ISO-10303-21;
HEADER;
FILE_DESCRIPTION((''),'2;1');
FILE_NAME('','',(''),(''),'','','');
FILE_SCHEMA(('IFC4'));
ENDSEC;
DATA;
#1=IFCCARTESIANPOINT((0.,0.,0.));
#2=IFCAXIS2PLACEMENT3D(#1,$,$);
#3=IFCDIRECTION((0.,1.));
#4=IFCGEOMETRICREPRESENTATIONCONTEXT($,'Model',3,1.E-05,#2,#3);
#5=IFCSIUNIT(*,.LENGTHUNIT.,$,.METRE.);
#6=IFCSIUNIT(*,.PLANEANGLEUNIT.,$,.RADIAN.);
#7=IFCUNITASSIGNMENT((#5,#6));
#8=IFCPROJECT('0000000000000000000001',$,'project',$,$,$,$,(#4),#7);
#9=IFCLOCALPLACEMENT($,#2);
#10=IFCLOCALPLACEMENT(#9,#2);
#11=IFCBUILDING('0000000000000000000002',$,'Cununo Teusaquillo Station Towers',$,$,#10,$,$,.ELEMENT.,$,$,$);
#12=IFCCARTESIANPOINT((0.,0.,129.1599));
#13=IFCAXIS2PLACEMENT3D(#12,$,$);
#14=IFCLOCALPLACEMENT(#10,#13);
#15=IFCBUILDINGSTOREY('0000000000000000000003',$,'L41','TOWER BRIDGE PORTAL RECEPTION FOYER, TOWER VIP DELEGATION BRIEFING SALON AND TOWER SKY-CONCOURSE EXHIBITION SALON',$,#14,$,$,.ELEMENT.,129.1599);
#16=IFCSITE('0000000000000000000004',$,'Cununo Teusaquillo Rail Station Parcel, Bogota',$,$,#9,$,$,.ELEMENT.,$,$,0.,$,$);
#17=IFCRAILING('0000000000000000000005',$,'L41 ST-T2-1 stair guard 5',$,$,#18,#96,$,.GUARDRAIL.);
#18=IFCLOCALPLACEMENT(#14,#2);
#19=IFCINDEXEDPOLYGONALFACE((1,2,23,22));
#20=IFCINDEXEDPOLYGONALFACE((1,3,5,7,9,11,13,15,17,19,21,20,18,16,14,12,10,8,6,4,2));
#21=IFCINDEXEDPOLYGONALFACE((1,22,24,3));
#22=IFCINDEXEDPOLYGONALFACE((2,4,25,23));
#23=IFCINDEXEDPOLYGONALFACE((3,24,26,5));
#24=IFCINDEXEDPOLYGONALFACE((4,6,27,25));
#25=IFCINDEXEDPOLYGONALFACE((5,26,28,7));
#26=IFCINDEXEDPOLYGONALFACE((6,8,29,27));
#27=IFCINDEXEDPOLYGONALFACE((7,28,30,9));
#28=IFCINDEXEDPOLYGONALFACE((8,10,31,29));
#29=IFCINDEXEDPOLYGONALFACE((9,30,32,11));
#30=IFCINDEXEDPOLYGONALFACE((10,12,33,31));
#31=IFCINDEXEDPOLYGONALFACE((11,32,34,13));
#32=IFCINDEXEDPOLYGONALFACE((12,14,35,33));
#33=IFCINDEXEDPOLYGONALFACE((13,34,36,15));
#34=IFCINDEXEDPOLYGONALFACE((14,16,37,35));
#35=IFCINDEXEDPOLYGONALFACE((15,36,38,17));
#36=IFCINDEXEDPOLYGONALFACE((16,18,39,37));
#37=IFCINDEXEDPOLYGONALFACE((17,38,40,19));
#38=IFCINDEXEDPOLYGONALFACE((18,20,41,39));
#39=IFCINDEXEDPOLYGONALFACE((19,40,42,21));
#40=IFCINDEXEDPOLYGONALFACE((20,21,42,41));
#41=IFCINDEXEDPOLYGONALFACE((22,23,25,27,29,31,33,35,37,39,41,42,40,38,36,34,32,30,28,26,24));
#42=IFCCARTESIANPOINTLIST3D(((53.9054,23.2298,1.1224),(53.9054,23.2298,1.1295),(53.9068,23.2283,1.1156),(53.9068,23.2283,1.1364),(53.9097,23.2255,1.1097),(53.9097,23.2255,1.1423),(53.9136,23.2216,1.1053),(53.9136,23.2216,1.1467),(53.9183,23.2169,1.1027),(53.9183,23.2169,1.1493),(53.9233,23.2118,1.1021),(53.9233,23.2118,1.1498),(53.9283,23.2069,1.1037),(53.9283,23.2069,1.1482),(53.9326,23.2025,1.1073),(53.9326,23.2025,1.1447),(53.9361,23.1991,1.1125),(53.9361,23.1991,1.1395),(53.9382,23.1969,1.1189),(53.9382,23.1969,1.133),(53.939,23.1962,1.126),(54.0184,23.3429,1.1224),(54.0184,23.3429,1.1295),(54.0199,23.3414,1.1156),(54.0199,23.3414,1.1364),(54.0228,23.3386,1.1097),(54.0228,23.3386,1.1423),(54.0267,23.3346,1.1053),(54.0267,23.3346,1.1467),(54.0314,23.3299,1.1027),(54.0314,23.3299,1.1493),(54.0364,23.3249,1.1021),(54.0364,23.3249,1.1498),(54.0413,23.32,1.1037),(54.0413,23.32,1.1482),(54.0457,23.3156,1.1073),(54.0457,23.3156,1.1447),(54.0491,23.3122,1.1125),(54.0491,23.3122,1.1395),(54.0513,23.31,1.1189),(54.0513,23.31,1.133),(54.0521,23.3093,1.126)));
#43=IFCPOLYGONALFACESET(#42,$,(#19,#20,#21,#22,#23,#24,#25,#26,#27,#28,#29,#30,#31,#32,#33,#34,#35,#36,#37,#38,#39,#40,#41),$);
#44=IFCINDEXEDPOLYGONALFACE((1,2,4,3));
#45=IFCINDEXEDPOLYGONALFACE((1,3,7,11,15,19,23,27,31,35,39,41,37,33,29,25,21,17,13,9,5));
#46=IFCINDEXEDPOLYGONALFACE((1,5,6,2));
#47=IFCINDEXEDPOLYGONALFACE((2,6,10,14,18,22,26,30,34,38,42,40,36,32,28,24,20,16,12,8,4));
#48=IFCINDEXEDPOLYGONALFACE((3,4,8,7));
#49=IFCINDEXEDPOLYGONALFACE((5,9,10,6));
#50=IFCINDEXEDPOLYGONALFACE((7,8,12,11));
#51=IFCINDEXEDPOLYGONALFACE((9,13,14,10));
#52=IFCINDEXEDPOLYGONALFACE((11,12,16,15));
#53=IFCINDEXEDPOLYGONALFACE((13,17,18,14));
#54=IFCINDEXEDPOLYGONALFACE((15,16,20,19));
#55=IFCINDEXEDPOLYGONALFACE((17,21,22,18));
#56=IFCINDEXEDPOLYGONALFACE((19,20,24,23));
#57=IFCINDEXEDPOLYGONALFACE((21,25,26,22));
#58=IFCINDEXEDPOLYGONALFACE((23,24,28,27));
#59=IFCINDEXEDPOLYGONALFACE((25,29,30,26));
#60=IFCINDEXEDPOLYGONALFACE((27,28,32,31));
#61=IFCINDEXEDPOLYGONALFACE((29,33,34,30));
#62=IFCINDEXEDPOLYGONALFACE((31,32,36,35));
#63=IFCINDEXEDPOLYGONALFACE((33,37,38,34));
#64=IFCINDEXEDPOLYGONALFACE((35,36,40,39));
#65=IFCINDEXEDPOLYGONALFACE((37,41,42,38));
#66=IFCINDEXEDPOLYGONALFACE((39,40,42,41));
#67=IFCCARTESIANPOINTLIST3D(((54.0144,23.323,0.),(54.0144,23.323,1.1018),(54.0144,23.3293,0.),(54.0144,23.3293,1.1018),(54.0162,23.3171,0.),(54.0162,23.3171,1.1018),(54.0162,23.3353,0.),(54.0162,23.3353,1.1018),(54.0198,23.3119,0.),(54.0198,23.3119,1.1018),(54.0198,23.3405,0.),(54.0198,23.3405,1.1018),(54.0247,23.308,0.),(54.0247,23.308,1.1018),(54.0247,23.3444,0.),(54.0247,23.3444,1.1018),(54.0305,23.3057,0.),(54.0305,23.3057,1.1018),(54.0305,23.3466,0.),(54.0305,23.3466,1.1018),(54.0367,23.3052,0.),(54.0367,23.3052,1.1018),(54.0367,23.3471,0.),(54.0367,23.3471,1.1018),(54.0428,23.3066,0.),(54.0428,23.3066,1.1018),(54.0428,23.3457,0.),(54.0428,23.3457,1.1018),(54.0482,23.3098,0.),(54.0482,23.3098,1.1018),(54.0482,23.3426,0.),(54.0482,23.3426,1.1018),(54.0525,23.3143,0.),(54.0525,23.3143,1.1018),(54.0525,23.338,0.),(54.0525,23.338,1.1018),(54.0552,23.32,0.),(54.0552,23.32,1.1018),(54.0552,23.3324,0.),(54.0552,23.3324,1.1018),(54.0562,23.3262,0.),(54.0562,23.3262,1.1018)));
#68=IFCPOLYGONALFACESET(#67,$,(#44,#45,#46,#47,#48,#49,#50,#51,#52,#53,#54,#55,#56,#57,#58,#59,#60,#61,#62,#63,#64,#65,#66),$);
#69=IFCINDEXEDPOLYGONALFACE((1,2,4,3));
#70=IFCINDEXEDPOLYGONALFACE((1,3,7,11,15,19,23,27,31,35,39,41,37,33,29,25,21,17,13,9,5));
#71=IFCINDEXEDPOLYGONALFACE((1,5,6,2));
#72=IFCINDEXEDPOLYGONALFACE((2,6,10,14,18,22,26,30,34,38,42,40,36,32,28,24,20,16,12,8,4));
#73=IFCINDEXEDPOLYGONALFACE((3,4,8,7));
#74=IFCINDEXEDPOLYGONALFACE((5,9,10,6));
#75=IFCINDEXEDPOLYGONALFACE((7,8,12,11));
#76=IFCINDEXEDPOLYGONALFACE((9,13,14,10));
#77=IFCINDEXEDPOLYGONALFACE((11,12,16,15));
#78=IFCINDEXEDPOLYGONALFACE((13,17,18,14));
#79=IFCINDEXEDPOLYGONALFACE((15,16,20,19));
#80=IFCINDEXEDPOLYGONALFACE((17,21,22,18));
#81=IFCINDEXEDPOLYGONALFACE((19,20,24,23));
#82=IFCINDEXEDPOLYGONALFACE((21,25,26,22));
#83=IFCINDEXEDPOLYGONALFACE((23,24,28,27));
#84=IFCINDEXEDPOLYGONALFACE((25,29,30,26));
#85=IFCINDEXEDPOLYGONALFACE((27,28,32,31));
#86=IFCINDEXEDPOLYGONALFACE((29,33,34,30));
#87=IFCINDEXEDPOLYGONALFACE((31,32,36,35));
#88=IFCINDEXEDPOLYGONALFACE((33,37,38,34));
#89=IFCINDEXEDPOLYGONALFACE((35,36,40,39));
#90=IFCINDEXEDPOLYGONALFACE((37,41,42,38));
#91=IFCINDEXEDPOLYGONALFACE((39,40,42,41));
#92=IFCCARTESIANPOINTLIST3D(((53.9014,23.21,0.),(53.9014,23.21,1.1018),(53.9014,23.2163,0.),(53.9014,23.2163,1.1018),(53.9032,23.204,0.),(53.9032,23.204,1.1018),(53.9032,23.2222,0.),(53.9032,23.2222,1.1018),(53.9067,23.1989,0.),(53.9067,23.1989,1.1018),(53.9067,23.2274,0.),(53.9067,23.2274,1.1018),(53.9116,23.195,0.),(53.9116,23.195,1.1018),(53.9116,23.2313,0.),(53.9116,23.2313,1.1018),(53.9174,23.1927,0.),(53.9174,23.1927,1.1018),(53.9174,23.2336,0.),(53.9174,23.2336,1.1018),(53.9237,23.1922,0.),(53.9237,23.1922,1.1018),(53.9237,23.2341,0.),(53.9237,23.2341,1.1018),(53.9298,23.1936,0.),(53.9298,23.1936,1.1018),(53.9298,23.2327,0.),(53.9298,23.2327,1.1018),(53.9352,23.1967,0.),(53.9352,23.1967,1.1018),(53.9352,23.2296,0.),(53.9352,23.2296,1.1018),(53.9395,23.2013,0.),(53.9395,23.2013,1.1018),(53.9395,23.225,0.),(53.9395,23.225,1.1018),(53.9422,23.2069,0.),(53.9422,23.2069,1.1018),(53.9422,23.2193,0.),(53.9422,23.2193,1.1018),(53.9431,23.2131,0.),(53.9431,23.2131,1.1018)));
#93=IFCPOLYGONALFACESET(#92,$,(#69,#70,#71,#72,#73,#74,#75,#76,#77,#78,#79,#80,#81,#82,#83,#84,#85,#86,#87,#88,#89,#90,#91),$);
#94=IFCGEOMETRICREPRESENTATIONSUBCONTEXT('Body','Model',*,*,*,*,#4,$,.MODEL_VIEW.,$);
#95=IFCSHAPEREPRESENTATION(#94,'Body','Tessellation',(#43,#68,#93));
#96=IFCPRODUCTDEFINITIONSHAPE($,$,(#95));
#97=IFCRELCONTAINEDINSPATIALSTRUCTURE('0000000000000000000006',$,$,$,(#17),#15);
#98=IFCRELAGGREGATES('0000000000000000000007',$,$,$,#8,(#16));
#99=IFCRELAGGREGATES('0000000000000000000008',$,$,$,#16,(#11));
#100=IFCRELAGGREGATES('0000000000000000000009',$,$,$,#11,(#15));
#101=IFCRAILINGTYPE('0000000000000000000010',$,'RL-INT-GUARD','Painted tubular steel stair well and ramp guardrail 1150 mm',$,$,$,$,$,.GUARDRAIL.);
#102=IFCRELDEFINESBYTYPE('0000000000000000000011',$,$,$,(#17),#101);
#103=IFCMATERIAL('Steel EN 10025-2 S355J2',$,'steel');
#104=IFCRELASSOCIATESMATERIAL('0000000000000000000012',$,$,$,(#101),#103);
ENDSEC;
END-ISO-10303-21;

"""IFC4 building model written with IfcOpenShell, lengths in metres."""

from ifc_helpers import new_model, si_unit, direction, frame, origin, origin_2d, place, context, subcontext, project, spatial, circle, extrude, material, type_object, element, save


model = new_model("IFC4")

# Units and contexts
model_context = context("Model", 3, precision=1e-05, world=origin(), true_north=direction((0.0, 1.0)))
body_context = subcontext(model_context, "Body", "Model", "MODEL_VIEW")
ifc_project = project(units=[si_unit("LENGTHUNIT", "METRE"), si_unit("PLANEANGLEUNIT", "RADIAN")], contexts=[model_context])

# Site, building, storey
site_placement = place(None, origin())
site = spatial("IfcSite", under=ifc_project, at=site_placement, Name="Cununo Teusaquillo Rail Station Parcel, Bogota", CompositionType="ELEMENT", RefElevation=0.0)
building_placement = place(site_placement, origin())
building = spatial("IfcBuilding", under=site, at=building_placement, Name="Cununo Teusaquillo Station Towers", CompositionType="ELEMENT")
storey_placement = place(building_placement, frame((0.0, 0.0, 129.1599)))
storey = spatial("IfcBuildingStorey", under=building, at=storey_placement, Name="L41", Description="TOWER BRIDGE PORTAL RECEPTION FOYER, TOWER VIP DELEGATION BRIEFING SALON AND TOWER SKY-CONCOURSE EXHIBITION SALON", CompositionType="ELEMENT", Elevation=129.1599)

# Railing
ifc_material_1 = material(Name="Steel EN 10025-2 S355J2", Category="steel")
railing_type_1 = type_object("IfcRailingType", Name="RL-INT-GUARD", Description="Painted tubular steel stair well and ramp guardrail 1150 mm", PredefinedType="GUARDRAIL", material=ifc_material_1)
railing_1_placement = place(storey_placement, frame((54.0352, 23.3262, 0.0)))
element("IfcRailing", 1, at=railing_1_placement, inside=storey, type_object=railing_type_1, Name="L41 ST-T2-1 stair guard 5", PredefinedType="GUARDRAIL", context=body_context, shape_type="SweptSolid", body=[
    extrude(circle(Radius=0.0239, at=origin_2d()), frame((0.0, 0.0, 1.126), z_axis=(-0.707107, -0.707107, 0.0), x_axis=(0.707107, -0.707107, 0.0)), (0.0, 0.0, 1.0), 0.1599),
    extrude(circle(Radius=0.021, at=origin_2d()), origin(), (0.0, 0.0, 1.0), 1.1018),
    extrude(circle(Radius=0.021, at=origin_2d()), frame((-0.113, -0.113, 0.0)), (0.0, 0.0, 1.0), 1.1018),
])

save(model, "model.ifc")
